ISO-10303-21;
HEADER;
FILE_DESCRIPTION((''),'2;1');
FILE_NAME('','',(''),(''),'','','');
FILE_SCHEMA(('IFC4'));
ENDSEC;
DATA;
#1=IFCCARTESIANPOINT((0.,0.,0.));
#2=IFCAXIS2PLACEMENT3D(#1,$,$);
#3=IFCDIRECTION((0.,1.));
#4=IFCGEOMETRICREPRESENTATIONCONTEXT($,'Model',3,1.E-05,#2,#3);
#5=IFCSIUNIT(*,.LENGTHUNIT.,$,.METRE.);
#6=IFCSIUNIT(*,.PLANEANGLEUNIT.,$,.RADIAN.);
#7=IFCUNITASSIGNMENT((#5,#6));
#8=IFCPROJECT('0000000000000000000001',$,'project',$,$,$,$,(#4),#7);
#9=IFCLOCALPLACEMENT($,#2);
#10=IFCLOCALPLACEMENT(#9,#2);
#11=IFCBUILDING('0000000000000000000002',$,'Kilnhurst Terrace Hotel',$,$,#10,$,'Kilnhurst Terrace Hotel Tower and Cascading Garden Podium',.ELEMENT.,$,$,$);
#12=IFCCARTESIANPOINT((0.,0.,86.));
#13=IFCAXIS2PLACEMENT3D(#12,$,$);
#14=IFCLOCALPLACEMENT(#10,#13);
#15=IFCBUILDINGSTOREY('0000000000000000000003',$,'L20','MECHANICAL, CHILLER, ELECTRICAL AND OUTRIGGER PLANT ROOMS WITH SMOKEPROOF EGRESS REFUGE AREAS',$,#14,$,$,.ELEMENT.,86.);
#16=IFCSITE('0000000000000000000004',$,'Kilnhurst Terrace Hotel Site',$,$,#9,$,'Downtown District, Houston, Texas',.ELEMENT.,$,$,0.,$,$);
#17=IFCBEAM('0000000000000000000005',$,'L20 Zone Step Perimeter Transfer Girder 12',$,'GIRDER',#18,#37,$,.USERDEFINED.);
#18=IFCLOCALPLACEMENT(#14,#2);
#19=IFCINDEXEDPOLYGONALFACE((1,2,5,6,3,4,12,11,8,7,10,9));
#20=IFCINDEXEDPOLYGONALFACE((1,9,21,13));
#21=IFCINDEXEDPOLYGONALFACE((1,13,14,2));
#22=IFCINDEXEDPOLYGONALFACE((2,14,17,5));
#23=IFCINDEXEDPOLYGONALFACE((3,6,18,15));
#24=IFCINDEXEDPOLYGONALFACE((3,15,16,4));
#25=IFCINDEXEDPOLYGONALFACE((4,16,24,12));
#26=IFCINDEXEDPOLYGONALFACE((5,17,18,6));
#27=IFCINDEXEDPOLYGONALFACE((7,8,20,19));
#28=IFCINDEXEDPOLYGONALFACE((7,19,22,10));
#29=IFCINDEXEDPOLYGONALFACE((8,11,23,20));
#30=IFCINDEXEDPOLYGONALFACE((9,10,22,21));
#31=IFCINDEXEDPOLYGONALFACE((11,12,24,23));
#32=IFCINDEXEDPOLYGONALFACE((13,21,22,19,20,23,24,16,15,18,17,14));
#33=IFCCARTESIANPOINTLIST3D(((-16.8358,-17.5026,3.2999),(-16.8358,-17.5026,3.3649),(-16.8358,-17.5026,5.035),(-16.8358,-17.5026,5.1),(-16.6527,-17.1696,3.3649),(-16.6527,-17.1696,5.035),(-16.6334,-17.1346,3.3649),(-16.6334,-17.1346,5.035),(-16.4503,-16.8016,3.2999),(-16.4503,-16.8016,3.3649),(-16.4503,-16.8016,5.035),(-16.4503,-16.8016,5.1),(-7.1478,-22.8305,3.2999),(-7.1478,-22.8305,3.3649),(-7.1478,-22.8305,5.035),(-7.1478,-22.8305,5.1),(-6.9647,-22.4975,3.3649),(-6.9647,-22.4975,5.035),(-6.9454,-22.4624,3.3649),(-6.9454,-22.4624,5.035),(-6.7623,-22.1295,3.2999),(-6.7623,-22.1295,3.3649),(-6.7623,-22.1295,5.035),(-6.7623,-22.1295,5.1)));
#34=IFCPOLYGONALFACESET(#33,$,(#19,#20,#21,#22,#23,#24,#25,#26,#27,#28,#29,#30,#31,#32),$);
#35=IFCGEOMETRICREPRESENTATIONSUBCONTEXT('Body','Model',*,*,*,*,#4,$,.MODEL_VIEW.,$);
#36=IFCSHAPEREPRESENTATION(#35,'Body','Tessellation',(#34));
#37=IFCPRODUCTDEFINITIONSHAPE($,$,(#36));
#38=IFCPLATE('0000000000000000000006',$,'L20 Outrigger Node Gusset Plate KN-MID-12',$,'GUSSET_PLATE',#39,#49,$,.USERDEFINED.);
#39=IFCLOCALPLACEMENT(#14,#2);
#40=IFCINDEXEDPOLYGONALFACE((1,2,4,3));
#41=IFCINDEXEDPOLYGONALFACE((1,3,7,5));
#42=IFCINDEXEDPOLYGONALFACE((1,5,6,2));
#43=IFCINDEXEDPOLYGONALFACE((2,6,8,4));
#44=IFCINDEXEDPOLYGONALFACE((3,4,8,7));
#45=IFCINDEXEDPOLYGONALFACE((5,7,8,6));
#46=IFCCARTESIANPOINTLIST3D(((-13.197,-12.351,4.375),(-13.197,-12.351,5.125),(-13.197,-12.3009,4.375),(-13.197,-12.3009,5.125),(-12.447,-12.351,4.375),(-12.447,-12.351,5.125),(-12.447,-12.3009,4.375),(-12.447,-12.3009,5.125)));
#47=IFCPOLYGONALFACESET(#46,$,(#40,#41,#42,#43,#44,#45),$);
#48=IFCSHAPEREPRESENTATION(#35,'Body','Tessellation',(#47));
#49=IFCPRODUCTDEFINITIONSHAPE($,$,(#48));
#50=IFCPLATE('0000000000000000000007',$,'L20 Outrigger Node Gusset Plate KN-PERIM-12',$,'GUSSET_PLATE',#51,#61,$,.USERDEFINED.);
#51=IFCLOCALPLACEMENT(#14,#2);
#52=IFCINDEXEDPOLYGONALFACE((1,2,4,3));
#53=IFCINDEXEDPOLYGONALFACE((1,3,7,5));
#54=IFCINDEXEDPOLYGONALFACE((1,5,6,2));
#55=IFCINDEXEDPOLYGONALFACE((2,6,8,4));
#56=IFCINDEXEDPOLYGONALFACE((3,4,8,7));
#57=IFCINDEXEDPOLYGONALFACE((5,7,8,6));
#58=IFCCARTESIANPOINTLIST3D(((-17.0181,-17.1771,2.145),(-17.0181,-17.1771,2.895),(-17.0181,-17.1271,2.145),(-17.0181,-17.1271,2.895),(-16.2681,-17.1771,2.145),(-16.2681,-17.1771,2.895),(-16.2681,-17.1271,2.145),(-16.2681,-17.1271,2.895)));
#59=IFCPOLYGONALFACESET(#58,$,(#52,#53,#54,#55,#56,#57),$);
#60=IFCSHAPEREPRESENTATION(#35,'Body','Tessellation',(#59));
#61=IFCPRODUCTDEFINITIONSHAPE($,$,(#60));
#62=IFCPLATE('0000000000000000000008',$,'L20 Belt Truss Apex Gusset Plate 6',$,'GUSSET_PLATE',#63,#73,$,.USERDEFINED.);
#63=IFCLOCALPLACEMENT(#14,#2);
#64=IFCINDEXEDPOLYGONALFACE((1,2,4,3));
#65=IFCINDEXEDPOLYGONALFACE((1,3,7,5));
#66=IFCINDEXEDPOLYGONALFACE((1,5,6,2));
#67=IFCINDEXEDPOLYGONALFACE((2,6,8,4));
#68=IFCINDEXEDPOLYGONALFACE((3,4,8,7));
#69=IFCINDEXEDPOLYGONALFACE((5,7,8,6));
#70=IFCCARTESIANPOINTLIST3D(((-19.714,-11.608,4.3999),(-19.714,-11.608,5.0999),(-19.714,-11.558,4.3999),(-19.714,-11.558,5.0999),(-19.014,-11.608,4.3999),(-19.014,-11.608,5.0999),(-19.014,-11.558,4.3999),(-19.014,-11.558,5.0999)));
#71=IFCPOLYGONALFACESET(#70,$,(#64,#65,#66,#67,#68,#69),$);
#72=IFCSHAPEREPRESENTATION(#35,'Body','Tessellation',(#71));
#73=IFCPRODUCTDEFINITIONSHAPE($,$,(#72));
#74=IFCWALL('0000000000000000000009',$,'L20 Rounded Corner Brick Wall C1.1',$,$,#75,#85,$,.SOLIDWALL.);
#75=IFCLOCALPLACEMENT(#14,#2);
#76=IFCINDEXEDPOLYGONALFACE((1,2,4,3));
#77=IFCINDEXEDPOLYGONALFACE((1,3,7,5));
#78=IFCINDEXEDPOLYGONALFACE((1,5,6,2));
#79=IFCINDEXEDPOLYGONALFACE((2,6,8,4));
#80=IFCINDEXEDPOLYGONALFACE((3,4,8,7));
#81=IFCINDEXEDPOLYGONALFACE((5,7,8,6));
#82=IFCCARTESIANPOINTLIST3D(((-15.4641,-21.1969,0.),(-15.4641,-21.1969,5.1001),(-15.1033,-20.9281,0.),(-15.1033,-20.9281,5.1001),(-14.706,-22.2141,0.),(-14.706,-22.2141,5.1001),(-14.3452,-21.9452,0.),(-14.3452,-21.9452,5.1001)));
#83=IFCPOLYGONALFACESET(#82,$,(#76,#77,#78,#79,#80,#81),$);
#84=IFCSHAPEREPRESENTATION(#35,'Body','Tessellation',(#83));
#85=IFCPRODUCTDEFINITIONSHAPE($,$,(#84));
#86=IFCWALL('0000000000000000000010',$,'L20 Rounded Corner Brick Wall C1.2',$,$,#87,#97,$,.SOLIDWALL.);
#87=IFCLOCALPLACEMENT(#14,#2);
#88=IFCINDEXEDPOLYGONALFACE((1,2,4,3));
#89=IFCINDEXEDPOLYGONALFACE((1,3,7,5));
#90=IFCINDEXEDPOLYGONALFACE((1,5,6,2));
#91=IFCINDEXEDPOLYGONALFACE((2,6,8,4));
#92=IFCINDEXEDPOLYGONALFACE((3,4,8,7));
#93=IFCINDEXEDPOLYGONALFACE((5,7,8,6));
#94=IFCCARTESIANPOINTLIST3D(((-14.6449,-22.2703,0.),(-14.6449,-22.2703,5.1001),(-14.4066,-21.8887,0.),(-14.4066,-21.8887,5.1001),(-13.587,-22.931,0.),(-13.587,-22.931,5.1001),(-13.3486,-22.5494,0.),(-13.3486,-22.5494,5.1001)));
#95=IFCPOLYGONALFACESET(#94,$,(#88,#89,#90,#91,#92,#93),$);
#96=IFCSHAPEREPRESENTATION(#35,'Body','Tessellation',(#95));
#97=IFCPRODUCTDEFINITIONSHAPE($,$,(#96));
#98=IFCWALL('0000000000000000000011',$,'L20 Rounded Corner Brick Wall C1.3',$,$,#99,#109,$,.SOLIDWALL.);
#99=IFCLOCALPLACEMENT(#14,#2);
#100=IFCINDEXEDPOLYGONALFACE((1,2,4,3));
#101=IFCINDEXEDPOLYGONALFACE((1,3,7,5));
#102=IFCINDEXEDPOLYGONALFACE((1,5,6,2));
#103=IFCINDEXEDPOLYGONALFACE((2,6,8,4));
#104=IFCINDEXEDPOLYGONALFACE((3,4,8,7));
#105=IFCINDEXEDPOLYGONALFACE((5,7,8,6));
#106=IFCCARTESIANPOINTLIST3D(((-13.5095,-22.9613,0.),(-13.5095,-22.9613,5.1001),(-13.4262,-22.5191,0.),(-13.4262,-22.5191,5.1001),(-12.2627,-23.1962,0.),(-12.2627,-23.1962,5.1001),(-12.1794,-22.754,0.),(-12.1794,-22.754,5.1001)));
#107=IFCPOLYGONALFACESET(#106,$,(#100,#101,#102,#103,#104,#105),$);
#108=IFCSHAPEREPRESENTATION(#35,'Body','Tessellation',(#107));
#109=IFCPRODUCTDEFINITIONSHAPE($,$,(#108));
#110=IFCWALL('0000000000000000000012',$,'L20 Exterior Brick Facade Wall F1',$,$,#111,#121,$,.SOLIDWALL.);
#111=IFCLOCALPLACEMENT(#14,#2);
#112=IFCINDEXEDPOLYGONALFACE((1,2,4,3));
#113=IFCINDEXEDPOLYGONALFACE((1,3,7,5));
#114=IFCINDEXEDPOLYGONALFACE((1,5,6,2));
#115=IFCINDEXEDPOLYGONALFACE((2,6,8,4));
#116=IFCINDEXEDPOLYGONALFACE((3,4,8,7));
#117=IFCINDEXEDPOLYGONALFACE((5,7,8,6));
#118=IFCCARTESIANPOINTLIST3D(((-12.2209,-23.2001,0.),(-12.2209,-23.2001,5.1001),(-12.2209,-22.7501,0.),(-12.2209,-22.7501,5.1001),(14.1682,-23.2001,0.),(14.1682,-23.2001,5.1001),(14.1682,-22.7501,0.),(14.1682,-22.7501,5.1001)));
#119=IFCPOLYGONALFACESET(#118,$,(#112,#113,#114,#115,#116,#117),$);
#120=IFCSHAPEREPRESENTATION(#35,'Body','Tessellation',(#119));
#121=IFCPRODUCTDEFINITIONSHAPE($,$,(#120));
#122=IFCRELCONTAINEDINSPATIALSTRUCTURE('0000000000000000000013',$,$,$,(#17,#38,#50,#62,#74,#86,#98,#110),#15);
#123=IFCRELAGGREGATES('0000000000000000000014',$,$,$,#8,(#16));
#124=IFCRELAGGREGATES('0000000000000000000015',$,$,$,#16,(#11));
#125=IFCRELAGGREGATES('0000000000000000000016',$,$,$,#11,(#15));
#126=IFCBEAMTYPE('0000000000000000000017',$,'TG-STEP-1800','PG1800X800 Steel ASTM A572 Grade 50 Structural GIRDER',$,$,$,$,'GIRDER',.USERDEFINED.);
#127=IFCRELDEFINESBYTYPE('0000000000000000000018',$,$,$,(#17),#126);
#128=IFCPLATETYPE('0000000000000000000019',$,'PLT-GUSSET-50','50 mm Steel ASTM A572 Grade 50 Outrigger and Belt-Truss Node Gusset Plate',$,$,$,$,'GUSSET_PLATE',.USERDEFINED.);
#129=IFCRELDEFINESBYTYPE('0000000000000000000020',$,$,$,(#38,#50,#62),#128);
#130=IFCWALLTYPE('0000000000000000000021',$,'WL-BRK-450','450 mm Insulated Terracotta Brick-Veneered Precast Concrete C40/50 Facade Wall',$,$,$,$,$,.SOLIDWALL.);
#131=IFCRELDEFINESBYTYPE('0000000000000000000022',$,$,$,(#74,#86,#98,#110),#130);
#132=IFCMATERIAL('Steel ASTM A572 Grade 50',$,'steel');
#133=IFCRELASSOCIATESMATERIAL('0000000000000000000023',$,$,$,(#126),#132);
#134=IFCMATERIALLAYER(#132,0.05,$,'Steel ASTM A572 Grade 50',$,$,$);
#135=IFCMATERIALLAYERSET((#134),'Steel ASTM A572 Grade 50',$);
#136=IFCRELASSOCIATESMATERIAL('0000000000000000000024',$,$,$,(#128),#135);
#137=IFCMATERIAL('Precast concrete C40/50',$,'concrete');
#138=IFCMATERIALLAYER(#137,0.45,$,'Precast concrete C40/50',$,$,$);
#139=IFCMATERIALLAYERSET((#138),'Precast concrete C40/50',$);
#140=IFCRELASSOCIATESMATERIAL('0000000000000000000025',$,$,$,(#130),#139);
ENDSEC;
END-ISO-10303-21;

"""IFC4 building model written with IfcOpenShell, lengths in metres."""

from ifc_helpers import new_model, si_unit, direction, frame, frame_2d, origin, origin_2d, place, context, subcontext, project, spatial, rectangle, i_section, extrude, material, layer, layer_set, material_profile, profile_set, type_object, element, save


model = new_model("IFC4")

# Units and contexts
model_context = context("Model", 3, precision=1e-05, world=origin(), true_north=direction((0.0, 1.0)))
body_context = subcontext(model_context, "Body", "Model", "MODEL_VIEW")
ifc_project = project(units=[si_unit("LENGTHUNIT", "METRE"), si_unit("PLANEANGLEUNIT", "RADIAN")], contexts=[model_context])

# Site, building, storey
site_placement = place(None, origin())
site = spatial("IfcSite", under=ifc_project, at=site_placement, Name="Kilnhurst Terrace Hotel Site", LongName="Downtown District, Houston, Texas", CompositionType="ELEMENT", RefElevation=0.0)
building_placement = place(site_placement, origin())
building = spatial("IfcBuilding", under=site, at=building_placement, Name="Kilnhurst Terrace Hotel", LongName="Kilnhurst Terrace Hotel Tower and Cascading Garden Podium", CompositionType="ELEMENT")
storey_placement = place(building_placement, frame((0.0, 0.0, 86.0)))
storey = spatial("IfcBuildingStorey", under=building, at=storey_placement, Name="L20", Description="MECHANICAL, CHILLER, ELECTRICAL AND OUTRIGGER PLANT ROOMS WITH SMOKEPROOF EGRESS REFUGE AREAS", CompositionType="ELEMENT", Elevation=86.0)

# Beam
ifc_material_1 = material(Name="Steel ASTM A572 Grade 50", Category="steel")
ifc_material_profile_1 = material_profile(ifc_material_1, i_section(OverallWidth=0.8, OverallDepth=1.8, WebThickness=0.04, FlangeThickness=0.0649, at=origin_2d()), Name="PG1800X800")
ifc_profile_set_1 = profile_set([ifc_material_profile_1], Name="Steel ASTM A572 Grade 50")
beam_type_1 = type_object("IfcBeamType", Name="TG-STEP-1800", Description="PG1800X800 Steel ASTM A572 Grade 50 Structural GIRDER", ElementType="GIRDER", PredefinedType="USERDEFINED", material=ifc_profile_set_1)
beam_1_placement = place(storey_placement, frame((-16.6431, -17.1521, 4.2), z_axis=(0.876235, -0.481883, 0.0), x_axis=(0.481883, 0.876235, 0.0)))
element("IfcBeam", 1, at=beam_1_placement, inside=storey, type_object=beam_type_1, Name="L20 Zone Step Perimeter Transfer Girder 12", ObjectType="GIRDER", PredefinedType="USERDEFINED", context=body_context, shape_type="SweptSolid", body=[
    extrude(i_section(OverallWidth=0.8, OverallDepth=1.8, WebThickness=0.04, FlangeThickness=0.0649, at=origin_2d()), origin(), (0.0, 0.0, 1.0), 11.0564),
])

# Plates
ifc_layer_1 = layer(ifc_material_1, 0.05, Name="Steel ASTM A572 Grade 50")
ifc_layer_set_1 = layer_set([ifc_layer_1], Name="Steel ASTM A572 Grade 50")
plate_type = type_object("IfcPlateType", Name="PLT-GUSSET-50", Description="50 mm Steel ASTM A572 Grade 50 Outrigger and Belt-Truss Node Gusset Plate", ElementType="GUSSET_PLATE", PredefinedType="USERDEFINED", material=ifc_layer_set_1)
for number, where, z_axis, x_axis, name in (
    (2, (-12.822, -12.3259, 4.375), (0.0, 0.0, 1.0), (1.0, 0.0, 0.0), "L20 Outrigger Node Gusset Plate KN-MID-12"),
    (3, (-16.6431, -17.1521, 2.145), (0.0, 0.0, 1.0), (1.0, 0.0, 0.0), "L20 Outrigger Node Gusset Plate KN-PERIM-12"),
):
    element("IfcPlate", number, at=place(storey_placement, frame(where, z_axis=z_axis, x_axis=x_axis)), inside=storey, type_object=plate_type, Name=name, ObjectType="GUSSET_PLATE", PredefinedType="USERDEFINED", context=body_context, shape_type="SweptSolid", body=[
        extrude(rectangle(XDim=0.75, YDim=0.05, at=origin_2d()), origin(), (0.0, 0.0, 1.0), 0.75),
    ])
plate_placement = place(storey_placement, frame((-19.364, -11.583, 4.3999), z_axis=(0.0, 0.0, 1.0), x_axis=(1.0, 0.0, 0.0)))
element("IfcPlate", 4, at=plate_placement, inside=storey, type_object=plate_type, Name="L20 Belt Truss Apex Gusset Plate 6", ObjectType="GUSSET_PLATE", PredefinedType="USERDEFINED", context=body_context, shape_type="SweptSolid", body=[
    extrude(rectangle(XDim=0.7, YDim=0.05, at=origin_2d()), origin(), (0.0, 0.0, 1.0), 0.7),
])

# Walls
ifc_material_2 = material(Name="Precast concrete C40/50", Category="concrete")
ifc_layer_2 = layer(ifc_material_2, 0.45, Name="Precast concrete C40/50")
ifc_layer_set_2 = layer_set([ifc_layer_2], Name="Precast concrete C40/50")
wall_type_1 = type_object("IfcWallType", Name="WL-BRK-450", Description="450 mm Insulated Terracotta Brick-Veneered Precast Concrete C40/50 Facade Wall", PredefinedType="SOLIDWALL", material=ifc_layer_set_2)
wall_1_placement = place(storey_placement, frame((-15.2837, -21.0625, 0.0), z_axis=(0.0, 0.0, 1.0), x_axis=(0.597595, -0.801798, 0.0)))
element("IfcWall", 5, at=wall_1_placement, inside=storey, type_object=wall_type_1, Name="L20 Rounded Corner Brick Wall C1.1", PredefinedType="SOLIDWALL", context=body_context, shape_type="SweptSolid", body=[
    extrude(rectangle(XDim=1.2686, YDim=0.45, at=frame_2d((0.6343, 0.0))), origin(), (0.0, 0.0, 1.0), 5.1001),
])
wall_2_placement = place(storey_placement, frame((-14.5256, -22.0796, 0.0), z_axis=(0.0, 0.0, 1.0), x_axis=(0.848185, -0.5297, 0.0)))
element("IfcWall", 6, at=wall_2_placement, inside=storey, type_object=wall_type_1, Name="L20 Rounded Corner Brick Wall C1.2", PredefinedType="SOLIDWALL", context=body_context, shape_type="SweptSolid", body=[
    extrude(rectangle(XDim=1.2473, YDim=0.45, at=frame_2d((0.6235, 0.0))), origin(), (0.0, 0.0, 1.0), 5.1001),
])
wall_3_placement = place(storey_placement, frame((-13.4678, -22.7402, 0.0), z_axis=(0.0, 0.0, 1.0), x_axis=(0.982717, -0.185113, 0.0)))
element("IfcWall", 7, at=wall_3_placement, inside=storey, type_object=wall_type_1, Name="L20 Rounded Corner Brick Wall C1.3", PredefinedType="SOLIDWALL", context=body_context, shape_type="SweptSolid", body=[
    extrude(rectangle(XDim=1.2688, YDim=0.45, at=frame_2d((0.6343, 0.0))), origin(), (0.0, 0.0, 1.0), 5.1001),
])
wall_4_placement = place(storey_placement, frame((-12.2209, -22.9751, 0.0), z_axis=(0.0, 0.0, 1.0), x_axis=(1.0, 0.0, 0.0)))
element("IfcWall", 8, at=wall_4_placement, inside=storey, type_object=wall_type_1, Name="L20 Exterior Brick Facade Wall F1", PredefinedType="SOLIDWALL", context=body_context, shape_type="SweptSolid", body=[
    extrude(rectangle(XDim=26.3892, YDim=0.45, at=frame_2d((13.1946, 0.0))), origin(), (0.0, 0.0, 1.0), 5.1001),
])

save(model, "model.ifc")
